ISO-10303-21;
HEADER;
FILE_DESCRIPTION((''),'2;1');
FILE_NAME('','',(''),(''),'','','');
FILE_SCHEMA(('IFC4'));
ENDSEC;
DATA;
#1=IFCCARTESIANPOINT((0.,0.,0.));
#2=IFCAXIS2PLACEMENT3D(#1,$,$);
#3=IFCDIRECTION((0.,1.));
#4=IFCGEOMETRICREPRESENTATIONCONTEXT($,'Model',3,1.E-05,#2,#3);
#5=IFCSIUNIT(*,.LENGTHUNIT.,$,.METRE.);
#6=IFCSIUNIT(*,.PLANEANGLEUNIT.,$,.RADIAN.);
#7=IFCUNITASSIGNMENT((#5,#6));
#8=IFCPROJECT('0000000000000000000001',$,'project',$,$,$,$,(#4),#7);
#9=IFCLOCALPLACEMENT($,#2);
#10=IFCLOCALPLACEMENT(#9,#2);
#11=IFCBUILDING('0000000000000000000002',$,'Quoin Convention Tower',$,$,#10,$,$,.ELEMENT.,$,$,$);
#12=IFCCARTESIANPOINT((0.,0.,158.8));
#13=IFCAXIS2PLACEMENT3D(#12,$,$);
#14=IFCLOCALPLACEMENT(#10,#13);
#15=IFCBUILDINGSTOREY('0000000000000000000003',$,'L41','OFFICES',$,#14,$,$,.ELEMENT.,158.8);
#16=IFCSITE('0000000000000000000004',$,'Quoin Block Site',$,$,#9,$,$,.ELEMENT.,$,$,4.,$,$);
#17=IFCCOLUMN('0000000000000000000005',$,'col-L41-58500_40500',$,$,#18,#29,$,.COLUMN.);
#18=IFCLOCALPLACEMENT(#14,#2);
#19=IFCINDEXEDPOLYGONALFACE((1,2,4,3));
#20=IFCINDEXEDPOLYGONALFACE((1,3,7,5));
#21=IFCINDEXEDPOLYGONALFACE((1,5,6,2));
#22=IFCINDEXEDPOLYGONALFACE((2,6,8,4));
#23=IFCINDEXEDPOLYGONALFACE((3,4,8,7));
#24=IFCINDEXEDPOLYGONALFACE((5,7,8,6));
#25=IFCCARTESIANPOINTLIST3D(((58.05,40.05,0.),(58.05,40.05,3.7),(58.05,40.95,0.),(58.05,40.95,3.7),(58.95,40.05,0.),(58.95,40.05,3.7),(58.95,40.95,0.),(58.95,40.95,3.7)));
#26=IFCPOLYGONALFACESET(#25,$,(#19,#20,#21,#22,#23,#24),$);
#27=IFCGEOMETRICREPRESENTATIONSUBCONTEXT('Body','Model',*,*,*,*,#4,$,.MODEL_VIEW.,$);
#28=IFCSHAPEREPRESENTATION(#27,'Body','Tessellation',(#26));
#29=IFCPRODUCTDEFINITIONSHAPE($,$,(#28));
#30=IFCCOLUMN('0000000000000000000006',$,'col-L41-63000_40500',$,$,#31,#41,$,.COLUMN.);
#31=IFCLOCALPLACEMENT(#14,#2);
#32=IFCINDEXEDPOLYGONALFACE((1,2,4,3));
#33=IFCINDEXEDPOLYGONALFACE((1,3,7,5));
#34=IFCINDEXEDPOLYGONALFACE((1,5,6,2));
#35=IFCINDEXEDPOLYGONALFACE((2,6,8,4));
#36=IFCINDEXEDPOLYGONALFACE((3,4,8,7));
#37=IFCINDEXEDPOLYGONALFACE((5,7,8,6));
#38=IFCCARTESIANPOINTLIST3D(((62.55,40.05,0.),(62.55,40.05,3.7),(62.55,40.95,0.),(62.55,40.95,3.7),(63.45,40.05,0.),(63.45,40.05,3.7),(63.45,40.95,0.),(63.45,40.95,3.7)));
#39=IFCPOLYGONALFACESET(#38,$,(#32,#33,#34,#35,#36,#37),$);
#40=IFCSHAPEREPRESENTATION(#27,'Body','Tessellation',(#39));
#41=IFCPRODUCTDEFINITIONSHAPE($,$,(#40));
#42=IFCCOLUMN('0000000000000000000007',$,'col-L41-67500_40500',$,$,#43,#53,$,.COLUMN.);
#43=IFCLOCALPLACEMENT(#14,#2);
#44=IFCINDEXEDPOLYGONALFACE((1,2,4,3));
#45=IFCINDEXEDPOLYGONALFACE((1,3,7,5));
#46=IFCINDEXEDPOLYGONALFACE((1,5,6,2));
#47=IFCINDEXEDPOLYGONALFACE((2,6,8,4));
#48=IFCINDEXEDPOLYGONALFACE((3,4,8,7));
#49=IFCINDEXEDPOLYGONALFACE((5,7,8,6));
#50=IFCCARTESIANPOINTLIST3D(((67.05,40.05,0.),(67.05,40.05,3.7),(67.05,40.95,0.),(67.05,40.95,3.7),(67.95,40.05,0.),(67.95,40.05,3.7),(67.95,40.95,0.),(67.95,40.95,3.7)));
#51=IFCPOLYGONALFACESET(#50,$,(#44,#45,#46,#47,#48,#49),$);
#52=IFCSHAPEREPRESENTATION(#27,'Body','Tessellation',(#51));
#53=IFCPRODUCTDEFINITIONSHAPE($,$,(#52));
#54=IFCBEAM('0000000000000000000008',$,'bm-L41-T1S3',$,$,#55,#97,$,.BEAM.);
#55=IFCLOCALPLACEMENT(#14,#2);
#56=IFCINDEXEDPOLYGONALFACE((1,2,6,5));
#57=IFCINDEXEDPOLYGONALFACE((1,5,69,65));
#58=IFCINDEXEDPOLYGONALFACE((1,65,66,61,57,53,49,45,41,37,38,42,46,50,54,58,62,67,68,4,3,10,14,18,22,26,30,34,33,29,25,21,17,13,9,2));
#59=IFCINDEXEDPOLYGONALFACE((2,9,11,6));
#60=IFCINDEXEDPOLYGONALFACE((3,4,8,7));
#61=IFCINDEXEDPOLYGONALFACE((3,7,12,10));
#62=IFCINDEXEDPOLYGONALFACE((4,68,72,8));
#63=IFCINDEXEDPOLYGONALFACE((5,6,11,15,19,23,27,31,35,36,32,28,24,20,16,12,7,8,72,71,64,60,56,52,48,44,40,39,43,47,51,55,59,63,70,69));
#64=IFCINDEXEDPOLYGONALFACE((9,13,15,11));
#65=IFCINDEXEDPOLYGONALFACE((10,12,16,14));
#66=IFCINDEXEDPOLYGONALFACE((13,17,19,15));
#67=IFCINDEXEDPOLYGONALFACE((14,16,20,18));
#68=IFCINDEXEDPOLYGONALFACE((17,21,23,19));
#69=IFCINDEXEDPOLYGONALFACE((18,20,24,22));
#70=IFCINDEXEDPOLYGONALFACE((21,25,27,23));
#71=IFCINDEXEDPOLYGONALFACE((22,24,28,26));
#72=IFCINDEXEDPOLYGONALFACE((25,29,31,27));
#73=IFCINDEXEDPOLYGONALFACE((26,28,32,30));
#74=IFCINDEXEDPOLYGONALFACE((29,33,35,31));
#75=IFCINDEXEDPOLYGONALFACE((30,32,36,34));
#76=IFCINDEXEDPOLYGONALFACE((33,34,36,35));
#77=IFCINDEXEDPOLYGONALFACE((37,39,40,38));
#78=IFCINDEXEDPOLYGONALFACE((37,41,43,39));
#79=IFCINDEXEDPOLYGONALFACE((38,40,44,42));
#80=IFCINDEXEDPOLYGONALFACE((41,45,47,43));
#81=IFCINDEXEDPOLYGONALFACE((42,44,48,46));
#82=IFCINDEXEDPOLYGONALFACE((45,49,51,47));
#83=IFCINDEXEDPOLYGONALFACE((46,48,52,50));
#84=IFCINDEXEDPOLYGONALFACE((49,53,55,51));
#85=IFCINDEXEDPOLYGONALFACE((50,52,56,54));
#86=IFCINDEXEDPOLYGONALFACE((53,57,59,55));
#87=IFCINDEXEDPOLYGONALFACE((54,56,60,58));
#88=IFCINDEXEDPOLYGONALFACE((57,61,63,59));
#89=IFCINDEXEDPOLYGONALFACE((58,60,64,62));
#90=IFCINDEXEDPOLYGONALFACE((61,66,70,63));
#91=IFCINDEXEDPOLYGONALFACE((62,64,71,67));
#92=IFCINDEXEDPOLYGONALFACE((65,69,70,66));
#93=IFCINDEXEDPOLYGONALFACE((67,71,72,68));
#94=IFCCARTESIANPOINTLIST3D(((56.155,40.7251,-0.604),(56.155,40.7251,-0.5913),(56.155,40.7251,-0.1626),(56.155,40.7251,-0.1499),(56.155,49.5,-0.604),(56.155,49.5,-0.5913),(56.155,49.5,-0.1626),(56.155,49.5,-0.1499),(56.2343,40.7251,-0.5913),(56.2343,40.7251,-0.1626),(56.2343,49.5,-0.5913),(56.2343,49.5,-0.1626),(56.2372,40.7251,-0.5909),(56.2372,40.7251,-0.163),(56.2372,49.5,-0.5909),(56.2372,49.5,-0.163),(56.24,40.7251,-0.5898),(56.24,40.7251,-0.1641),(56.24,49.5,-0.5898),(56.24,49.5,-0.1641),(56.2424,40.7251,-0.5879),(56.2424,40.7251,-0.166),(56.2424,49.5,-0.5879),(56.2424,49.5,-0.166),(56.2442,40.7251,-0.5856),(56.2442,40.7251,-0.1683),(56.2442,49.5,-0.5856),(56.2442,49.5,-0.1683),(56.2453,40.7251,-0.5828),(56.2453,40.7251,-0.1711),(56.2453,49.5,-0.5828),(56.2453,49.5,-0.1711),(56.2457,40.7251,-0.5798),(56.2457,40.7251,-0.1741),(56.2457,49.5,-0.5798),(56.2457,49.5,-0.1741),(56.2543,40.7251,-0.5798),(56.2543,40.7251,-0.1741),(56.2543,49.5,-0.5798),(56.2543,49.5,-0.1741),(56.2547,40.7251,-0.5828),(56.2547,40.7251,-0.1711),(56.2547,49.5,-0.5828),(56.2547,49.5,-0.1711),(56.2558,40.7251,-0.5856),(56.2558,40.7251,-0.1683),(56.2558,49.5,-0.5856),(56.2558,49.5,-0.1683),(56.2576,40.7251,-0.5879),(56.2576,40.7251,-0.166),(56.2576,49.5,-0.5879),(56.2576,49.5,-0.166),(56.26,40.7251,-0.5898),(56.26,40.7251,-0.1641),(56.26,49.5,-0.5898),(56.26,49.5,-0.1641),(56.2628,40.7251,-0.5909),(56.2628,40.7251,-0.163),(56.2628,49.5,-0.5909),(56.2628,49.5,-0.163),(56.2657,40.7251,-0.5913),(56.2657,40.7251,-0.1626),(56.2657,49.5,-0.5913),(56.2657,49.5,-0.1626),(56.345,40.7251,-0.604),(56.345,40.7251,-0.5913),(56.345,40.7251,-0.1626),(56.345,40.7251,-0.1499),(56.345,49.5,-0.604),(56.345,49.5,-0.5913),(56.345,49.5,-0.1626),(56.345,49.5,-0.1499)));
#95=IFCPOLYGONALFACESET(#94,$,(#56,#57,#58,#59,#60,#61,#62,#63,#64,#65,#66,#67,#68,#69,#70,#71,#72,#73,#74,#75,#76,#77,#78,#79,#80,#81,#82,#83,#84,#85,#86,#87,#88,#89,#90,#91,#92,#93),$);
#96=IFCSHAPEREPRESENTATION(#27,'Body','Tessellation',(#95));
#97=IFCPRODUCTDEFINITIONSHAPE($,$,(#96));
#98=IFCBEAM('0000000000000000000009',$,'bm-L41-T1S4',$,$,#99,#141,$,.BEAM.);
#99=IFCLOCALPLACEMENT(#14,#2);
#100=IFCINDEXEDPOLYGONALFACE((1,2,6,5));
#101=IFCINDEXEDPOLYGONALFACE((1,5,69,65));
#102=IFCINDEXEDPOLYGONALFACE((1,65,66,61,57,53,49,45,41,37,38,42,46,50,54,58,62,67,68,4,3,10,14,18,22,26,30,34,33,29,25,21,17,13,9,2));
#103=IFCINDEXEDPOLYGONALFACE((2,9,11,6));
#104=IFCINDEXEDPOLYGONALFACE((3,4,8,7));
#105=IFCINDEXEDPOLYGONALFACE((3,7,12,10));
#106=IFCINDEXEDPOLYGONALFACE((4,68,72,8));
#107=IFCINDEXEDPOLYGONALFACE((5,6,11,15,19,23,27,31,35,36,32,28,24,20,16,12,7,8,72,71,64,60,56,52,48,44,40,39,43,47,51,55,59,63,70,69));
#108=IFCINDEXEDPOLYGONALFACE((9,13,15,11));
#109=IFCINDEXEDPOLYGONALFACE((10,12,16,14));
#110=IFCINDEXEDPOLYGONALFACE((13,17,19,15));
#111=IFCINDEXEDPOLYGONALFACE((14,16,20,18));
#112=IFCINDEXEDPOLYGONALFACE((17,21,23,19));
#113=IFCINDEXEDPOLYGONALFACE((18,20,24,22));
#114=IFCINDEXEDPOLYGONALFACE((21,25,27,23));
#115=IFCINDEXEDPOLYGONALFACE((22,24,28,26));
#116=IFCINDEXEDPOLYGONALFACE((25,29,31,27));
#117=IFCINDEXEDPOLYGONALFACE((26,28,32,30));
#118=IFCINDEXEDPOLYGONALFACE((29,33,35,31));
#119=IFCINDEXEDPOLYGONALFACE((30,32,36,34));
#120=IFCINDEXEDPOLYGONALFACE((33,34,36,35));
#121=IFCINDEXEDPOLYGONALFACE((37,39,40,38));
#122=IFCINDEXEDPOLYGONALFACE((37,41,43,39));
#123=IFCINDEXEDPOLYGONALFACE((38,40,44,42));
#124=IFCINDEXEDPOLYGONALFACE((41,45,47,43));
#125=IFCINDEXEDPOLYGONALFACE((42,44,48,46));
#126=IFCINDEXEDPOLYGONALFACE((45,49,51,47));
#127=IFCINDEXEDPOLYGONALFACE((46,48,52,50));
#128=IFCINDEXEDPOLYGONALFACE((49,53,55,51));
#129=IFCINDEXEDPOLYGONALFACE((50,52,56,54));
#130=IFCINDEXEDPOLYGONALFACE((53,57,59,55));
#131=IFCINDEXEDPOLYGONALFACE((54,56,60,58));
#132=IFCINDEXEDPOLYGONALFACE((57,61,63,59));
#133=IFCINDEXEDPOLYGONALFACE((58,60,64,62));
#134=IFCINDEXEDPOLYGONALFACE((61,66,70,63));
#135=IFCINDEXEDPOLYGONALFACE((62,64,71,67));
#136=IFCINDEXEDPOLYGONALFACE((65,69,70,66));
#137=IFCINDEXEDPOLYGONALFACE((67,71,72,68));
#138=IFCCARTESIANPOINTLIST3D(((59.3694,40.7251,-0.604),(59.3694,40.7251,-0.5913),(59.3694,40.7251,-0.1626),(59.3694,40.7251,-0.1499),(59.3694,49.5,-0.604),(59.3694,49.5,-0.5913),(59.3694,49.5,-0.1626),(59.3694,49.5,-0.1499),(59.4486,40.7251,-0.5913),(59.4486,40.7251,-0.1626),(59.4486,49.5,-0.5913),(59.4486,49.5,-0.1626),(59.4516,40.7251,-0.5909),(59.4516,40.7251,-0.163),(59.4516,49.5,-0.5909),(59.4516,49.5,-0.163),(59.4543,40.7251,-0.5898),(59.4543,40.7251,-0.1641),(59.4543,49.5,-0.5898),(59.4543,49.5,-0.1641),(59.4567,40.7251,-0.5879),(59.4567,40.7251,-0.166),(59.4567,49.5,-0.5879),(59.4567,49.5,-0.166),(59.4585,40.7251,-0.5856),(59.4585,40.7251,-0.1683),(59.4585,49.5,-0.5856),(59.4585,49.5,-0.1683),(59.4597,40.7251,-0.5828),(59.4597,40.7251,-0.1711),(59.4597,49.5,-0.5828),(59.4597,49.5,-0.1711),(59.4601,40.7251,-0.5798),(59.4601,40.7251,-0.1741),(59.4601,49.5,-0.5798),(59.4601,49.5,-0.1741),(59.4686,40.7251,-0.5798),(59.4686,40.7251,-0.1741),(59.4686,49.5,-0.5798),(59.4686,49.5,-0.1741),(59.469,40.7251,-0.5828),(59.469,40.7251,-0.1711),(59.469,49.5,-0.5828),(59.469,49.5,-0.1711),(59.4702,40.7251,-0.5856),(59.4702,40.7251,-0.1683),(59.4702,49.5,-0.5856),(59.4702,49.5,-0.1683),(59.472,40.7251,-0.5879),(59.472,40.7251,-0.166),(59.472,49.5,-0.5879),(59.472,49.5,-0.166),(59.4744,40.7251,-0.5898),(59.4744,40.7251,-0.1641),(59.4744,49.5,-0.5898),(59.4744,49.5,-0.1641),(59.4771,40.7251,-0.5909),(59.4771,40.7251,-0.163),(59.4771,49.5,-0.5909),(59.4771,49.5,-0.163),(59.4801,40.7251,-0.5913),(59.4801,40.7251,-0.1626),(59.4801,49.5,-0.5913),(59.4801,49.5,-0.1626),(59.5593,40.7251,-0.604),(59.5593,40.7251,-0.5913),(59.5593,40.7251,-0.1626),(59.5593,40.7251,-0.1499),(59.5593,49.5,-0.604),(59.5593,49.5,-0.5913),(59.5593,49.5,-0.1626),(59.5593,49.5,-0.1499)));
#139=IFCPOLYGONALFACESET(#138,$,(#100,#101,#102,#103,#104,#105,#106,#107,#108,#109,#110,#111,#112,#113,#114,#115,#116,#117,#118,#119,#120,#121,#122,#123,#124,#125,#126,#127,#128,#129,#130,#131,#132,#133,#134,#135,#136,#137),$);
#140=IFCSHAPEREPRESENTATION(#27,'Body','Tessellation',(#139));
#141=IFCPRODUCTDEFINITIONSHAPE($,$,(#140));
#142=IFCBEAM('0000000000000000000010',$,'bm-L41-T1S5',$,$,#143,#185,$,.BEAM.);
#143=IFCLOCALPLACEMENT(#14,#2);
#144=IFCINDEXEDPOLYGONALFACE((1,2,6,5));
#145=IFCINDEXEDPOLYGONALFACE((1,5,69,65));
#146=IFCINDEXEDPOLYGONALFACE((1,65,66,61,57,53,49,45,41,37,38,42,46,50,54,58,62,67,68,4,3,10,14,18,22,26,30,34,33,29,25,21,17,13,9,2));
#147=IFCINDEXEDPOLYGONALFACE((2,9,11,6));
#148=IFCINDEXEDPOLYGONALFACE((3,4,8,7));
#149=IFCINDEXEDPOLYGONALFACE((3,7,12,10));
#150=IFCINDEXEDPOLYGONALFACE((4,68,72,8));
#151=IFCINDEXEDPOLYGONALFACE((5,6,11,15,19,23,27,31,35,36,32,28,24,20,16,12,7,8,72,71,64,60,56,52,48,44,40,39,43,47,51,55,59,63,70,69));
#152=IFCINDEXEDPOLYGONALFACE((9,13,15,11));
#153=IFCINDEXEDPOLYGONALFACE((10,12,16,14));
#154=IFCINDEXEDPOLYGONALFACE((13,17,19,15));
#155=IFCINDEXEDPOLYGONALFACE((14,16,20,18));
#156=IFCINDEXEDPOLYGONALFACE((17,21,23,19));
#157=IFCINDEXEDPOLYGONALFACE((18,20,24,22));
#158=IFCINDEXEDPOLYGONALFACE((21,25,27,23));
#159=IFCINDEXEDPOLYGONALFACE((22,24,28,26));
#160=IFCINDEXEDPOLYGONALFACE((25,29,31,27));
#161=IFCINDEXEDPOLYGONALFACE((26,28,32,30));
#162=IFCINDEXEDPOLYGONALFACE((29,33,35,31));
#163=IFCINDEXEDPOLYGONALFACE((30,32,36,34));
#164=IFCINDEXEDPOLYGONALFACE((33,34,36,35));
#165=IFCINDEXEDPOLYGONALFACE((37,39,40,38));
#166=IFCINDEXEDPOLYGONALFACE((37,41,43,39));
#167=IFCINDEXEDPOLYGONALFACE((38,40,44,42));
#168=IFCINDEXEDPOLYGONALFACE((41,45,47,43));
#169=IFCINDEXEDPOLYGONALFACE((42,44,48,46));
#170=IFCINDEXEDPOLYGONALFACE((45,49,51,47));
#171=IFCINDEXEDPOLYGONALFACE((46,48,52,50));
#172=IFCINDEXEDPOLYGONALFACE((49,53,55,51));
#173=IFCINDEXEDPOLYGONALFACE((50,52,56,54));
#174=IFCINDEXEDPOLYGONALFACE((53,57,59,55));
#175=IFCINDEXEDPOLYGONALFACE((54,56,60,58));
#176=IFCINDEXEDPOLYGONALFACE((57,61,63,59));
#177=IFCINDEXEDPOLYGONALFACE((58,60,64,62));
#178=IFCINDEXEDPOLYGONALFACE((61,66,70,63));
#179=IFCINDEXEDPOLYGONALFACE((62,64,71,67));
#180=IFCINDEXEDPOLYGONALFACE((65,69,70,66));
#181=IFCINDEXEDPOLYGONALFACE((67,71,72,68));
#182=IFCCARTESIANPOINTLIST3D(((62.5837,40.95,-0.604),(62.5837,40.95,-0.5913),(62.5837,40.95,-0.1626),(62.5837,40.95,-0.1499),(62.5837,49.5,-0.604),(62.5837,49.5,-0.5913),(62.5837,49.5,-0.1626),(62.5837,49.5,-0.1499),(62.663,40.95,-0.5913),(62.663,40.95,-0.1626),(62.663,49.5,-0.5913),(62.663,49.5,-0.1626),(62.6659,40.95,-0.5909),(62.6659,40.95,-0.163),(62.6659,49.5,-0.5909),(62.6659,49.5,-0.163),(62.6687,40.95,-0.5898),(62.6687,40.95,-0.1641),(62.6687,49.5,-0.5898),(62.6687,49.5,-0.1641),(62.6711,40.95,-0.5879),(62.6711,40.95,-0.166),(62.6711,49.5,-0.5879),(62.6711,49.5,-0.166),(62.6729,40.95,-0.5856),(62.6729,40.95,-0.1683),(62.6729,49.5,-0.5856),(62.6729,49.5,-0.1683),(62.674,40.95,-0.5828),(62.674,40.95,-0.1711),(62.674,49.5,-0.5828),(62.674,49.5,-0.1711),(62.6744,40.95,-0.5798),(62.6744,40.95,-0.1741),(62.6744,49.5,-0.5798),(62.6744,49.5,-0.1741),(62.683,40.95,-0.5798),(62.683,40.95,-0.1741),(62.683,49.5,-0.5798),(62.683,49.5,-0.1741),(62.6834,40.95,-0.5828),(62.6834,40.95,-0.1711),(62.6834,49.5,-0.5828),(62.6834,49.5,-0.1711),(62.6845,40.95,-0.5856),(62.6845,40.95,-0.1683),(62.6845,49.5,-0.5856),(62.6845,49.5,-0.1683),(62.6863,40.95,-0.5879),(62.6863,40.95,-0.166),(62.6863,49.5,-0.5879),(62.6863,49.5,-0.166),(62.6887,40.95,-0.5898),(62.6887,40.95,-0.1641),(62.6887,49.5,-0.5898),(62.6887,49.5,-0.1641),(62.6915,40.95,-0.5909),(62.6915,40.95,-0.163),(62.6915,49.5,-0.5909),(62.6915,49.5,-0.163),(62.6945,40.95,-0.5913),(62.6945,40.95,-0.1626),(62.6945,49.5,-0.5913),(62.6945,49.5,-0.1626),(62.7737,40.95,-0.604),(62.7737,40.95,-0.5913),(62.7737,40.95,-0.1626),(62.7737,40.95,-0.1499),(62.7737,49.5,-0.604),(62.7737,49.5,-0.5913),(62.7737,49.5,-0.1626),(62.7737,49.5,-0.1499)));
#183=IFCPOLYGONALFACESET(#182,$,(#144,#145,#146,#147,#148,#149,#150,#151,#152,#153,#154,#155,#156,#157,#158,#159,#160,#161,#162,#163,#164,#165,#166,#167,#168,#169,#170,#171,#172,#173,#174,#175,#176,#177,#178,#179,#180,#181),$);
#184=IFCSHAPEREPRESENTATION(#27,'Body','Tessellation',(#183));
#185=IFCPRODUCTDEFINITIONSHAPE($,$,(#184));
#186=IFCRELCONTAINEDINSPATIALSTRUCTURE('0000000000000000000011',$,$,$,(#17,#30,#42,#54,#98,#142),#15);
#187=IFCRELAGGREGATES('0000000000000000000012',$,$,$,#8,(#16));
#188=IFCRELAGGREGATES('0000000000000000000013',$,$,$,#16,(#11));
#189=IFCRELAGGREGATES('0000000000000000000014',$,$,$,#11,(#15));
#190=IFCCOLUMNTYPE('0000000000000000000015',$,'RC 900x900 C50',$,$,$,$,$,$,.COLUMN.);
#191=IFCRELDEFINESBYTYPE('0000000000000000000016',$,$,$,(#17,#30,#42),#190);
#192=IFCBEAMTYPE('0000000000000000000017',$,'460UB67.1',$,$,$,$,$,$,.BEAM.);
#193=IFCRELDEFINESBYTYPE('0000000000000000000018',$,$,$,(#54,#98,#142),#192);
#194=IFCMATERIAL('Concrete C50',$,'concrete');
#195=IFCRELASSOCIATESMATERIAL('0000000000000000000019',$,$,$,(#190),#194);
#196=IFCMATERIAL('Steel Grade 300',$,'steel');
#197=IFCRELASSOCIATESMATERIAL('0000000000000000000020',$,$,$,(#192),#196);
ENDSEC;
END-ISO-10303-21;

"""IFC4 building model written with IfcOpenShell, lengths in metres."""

from ifc_helpers import new_model, si_unit, direction, frame, origin, origin_2d, place, context, subcontext, project, spatial, rectangle, i_section, extrude, material, material_profile, profile_set, type_object, element, save


model = new_model("IFC4")

# Units and contexts
model_context = context("Model", 3, precision=1e-05, world=origin(), true_north=direction((0.0, 1.0)))
body_context = subcontext(model_context, "Body", "Model", "MODEL_VIEW")
ifc_project = project(units=[si_unit("LENGTHUNIT", "METRE"), si_unit("PLANEANGLEUNIT", "RADIAN")], contexts=[model_context])

# Site, building, storey
site_placement = place(None, origin())
site = spatial("IfcSite", under=ifc_project, at=site_placement, Name="Quoin Block Site", CompositionType="ELEMENT", RefElevation=4.0)
building_placement = place(site_placement, origin())
building = spatial("IfcBuilding", under=site, at=building_placement, Name="Quoin Convention Tower", CompositionType="ELEMENT")
storey_placement = place(building_placement, frame((0.0, 0.0, 158.8)))
storey = spatial("IfcBuildingStorey", under=building, at=storey_placement, Name="L41", Description="OFFICES", CompositionType="ELEMENT", Elevation=158.8)

# Columns
ifc_material_1 = material(Name="Concrete C50", Category="concrete")
ifc_material_profile_1 = material_profile(ifc_material_1, rectangle(XDim=0.8999, YDim=0.8999, at=origin_2d()), Name="RC 900x900")
ifc_profile_set_1 = profile_set([ifc_material_profile_1], Name="Concrete C50")
column_type = type_object("IfcColumnType", Name="RC 900x900 C50", PredefinedType="COLUMN", material=ifc_profile_set_1)
for number, where, z_axis, x_axis, name in (
    (1, (58.5, 40.5, 0.0), (0.0, 0.0, 1.0), (1.0, 0.0, 0.0), "col-L41-58500_40500"),
    (2, (63.0, 40.5, 0.0), (0.0, 0.0, 1.0), (1.0, 0.0, 0.0), "col-L41-63000_40500"),
    (3, (67.5, 40.5, 0.0), (0.0, 0.0, 1.0), (1.0, 0.0, 0.0), "col-L41-67500_40500"),
):
    element("IfcColumn", number, at=place(storey_placement, frame(where, z_axis=z_axis, x_axis=x_axis)), inside=storey, type_object=column_type, Name=name, PredefinedType="COLUMN", context=body_context, shape_type="SweptSolid", body=[
        extrude(rectangle(XDim=0.8999, YDim=0.8999, at=origin_2d()), origin(), (0.0, 0.0, 1.0), 3.7),
    ])

# Beams
ifc_material_2 = material(Name="Steel Grade 300", Category="steel")
ifc_material_profile_2 = material_profile(ifc_material_2, i_section(OverallWidth=0.1899, OverallDepth=0.4541, WebThickness=0.0085, FlangeThickness=0.0127, FilletRadius=0.0115, at=origin_2d()), Name="460UB67.1")
ifc_profile_set_2 = profile_set([ifc_material_profile_2], Name="Steel Grade 300")
beam_type_1 = type_object("IfcBeamType", Name="460UB67.1", PredefinedType="BEAM", material=ifc_profile_set_2)
for number, where, z_axis, x_axis, name in (
    (4, (56.25, 40.7251, -0.377), (0.0, 1.0, 0.0), (-1.0, 0.0, 0.0), "bm-L41-T1S3"),
    (5, (59.4644, 40.7251, -0.377), (0.0, 1.0, 0.0), (-1.0, 0.0, 0.0), "bm-L41-T1S4"),
):
    element("IfcBeam", number, at=place(storey_placement, frame(where, z_axis=z_axis, x_axis=x_axis)), inside=storey, type_object=beam_type_1, Name=name, PredefinedType="BEAM", context=body_context, shape_type="SweptSolid", body=[
        extrude(i_section(OverallWidth=0.1899, OverallDepth=0.4541, WebThickness=0.0085, FlangeThickness=0.0127, FilletRadius=0.0115, at=origin_2d()), origin(), (0.0, 0.0, 1.0), 8.7749),
    ])
beam_1_placement = place(storey_placement, frame((62.6787, 40.95, -0.377), z_axis=(0.0, 1.0, 0.0), x_axis=(-1.0, 0.0, 0.0)))
element("IfcBeam", 6, at=beam_1_placement, inside=storey, type_object=beam_type_1, Name="bm-L41-T1S5", PredefinedType="BEAM", context=body_context, shape_type="SweptSolid", body=[
    extrude(i_section(OverallWidth=0.1899, OverallDepth=0.4541, WebThickness=0.0085, FlangeThickness=0.0127, FilletRadius=0.0115, at=origin_2d()), origin(), (0.0, 0.0, 1.0), 8.55),
])

save(model, "model.ifc")
